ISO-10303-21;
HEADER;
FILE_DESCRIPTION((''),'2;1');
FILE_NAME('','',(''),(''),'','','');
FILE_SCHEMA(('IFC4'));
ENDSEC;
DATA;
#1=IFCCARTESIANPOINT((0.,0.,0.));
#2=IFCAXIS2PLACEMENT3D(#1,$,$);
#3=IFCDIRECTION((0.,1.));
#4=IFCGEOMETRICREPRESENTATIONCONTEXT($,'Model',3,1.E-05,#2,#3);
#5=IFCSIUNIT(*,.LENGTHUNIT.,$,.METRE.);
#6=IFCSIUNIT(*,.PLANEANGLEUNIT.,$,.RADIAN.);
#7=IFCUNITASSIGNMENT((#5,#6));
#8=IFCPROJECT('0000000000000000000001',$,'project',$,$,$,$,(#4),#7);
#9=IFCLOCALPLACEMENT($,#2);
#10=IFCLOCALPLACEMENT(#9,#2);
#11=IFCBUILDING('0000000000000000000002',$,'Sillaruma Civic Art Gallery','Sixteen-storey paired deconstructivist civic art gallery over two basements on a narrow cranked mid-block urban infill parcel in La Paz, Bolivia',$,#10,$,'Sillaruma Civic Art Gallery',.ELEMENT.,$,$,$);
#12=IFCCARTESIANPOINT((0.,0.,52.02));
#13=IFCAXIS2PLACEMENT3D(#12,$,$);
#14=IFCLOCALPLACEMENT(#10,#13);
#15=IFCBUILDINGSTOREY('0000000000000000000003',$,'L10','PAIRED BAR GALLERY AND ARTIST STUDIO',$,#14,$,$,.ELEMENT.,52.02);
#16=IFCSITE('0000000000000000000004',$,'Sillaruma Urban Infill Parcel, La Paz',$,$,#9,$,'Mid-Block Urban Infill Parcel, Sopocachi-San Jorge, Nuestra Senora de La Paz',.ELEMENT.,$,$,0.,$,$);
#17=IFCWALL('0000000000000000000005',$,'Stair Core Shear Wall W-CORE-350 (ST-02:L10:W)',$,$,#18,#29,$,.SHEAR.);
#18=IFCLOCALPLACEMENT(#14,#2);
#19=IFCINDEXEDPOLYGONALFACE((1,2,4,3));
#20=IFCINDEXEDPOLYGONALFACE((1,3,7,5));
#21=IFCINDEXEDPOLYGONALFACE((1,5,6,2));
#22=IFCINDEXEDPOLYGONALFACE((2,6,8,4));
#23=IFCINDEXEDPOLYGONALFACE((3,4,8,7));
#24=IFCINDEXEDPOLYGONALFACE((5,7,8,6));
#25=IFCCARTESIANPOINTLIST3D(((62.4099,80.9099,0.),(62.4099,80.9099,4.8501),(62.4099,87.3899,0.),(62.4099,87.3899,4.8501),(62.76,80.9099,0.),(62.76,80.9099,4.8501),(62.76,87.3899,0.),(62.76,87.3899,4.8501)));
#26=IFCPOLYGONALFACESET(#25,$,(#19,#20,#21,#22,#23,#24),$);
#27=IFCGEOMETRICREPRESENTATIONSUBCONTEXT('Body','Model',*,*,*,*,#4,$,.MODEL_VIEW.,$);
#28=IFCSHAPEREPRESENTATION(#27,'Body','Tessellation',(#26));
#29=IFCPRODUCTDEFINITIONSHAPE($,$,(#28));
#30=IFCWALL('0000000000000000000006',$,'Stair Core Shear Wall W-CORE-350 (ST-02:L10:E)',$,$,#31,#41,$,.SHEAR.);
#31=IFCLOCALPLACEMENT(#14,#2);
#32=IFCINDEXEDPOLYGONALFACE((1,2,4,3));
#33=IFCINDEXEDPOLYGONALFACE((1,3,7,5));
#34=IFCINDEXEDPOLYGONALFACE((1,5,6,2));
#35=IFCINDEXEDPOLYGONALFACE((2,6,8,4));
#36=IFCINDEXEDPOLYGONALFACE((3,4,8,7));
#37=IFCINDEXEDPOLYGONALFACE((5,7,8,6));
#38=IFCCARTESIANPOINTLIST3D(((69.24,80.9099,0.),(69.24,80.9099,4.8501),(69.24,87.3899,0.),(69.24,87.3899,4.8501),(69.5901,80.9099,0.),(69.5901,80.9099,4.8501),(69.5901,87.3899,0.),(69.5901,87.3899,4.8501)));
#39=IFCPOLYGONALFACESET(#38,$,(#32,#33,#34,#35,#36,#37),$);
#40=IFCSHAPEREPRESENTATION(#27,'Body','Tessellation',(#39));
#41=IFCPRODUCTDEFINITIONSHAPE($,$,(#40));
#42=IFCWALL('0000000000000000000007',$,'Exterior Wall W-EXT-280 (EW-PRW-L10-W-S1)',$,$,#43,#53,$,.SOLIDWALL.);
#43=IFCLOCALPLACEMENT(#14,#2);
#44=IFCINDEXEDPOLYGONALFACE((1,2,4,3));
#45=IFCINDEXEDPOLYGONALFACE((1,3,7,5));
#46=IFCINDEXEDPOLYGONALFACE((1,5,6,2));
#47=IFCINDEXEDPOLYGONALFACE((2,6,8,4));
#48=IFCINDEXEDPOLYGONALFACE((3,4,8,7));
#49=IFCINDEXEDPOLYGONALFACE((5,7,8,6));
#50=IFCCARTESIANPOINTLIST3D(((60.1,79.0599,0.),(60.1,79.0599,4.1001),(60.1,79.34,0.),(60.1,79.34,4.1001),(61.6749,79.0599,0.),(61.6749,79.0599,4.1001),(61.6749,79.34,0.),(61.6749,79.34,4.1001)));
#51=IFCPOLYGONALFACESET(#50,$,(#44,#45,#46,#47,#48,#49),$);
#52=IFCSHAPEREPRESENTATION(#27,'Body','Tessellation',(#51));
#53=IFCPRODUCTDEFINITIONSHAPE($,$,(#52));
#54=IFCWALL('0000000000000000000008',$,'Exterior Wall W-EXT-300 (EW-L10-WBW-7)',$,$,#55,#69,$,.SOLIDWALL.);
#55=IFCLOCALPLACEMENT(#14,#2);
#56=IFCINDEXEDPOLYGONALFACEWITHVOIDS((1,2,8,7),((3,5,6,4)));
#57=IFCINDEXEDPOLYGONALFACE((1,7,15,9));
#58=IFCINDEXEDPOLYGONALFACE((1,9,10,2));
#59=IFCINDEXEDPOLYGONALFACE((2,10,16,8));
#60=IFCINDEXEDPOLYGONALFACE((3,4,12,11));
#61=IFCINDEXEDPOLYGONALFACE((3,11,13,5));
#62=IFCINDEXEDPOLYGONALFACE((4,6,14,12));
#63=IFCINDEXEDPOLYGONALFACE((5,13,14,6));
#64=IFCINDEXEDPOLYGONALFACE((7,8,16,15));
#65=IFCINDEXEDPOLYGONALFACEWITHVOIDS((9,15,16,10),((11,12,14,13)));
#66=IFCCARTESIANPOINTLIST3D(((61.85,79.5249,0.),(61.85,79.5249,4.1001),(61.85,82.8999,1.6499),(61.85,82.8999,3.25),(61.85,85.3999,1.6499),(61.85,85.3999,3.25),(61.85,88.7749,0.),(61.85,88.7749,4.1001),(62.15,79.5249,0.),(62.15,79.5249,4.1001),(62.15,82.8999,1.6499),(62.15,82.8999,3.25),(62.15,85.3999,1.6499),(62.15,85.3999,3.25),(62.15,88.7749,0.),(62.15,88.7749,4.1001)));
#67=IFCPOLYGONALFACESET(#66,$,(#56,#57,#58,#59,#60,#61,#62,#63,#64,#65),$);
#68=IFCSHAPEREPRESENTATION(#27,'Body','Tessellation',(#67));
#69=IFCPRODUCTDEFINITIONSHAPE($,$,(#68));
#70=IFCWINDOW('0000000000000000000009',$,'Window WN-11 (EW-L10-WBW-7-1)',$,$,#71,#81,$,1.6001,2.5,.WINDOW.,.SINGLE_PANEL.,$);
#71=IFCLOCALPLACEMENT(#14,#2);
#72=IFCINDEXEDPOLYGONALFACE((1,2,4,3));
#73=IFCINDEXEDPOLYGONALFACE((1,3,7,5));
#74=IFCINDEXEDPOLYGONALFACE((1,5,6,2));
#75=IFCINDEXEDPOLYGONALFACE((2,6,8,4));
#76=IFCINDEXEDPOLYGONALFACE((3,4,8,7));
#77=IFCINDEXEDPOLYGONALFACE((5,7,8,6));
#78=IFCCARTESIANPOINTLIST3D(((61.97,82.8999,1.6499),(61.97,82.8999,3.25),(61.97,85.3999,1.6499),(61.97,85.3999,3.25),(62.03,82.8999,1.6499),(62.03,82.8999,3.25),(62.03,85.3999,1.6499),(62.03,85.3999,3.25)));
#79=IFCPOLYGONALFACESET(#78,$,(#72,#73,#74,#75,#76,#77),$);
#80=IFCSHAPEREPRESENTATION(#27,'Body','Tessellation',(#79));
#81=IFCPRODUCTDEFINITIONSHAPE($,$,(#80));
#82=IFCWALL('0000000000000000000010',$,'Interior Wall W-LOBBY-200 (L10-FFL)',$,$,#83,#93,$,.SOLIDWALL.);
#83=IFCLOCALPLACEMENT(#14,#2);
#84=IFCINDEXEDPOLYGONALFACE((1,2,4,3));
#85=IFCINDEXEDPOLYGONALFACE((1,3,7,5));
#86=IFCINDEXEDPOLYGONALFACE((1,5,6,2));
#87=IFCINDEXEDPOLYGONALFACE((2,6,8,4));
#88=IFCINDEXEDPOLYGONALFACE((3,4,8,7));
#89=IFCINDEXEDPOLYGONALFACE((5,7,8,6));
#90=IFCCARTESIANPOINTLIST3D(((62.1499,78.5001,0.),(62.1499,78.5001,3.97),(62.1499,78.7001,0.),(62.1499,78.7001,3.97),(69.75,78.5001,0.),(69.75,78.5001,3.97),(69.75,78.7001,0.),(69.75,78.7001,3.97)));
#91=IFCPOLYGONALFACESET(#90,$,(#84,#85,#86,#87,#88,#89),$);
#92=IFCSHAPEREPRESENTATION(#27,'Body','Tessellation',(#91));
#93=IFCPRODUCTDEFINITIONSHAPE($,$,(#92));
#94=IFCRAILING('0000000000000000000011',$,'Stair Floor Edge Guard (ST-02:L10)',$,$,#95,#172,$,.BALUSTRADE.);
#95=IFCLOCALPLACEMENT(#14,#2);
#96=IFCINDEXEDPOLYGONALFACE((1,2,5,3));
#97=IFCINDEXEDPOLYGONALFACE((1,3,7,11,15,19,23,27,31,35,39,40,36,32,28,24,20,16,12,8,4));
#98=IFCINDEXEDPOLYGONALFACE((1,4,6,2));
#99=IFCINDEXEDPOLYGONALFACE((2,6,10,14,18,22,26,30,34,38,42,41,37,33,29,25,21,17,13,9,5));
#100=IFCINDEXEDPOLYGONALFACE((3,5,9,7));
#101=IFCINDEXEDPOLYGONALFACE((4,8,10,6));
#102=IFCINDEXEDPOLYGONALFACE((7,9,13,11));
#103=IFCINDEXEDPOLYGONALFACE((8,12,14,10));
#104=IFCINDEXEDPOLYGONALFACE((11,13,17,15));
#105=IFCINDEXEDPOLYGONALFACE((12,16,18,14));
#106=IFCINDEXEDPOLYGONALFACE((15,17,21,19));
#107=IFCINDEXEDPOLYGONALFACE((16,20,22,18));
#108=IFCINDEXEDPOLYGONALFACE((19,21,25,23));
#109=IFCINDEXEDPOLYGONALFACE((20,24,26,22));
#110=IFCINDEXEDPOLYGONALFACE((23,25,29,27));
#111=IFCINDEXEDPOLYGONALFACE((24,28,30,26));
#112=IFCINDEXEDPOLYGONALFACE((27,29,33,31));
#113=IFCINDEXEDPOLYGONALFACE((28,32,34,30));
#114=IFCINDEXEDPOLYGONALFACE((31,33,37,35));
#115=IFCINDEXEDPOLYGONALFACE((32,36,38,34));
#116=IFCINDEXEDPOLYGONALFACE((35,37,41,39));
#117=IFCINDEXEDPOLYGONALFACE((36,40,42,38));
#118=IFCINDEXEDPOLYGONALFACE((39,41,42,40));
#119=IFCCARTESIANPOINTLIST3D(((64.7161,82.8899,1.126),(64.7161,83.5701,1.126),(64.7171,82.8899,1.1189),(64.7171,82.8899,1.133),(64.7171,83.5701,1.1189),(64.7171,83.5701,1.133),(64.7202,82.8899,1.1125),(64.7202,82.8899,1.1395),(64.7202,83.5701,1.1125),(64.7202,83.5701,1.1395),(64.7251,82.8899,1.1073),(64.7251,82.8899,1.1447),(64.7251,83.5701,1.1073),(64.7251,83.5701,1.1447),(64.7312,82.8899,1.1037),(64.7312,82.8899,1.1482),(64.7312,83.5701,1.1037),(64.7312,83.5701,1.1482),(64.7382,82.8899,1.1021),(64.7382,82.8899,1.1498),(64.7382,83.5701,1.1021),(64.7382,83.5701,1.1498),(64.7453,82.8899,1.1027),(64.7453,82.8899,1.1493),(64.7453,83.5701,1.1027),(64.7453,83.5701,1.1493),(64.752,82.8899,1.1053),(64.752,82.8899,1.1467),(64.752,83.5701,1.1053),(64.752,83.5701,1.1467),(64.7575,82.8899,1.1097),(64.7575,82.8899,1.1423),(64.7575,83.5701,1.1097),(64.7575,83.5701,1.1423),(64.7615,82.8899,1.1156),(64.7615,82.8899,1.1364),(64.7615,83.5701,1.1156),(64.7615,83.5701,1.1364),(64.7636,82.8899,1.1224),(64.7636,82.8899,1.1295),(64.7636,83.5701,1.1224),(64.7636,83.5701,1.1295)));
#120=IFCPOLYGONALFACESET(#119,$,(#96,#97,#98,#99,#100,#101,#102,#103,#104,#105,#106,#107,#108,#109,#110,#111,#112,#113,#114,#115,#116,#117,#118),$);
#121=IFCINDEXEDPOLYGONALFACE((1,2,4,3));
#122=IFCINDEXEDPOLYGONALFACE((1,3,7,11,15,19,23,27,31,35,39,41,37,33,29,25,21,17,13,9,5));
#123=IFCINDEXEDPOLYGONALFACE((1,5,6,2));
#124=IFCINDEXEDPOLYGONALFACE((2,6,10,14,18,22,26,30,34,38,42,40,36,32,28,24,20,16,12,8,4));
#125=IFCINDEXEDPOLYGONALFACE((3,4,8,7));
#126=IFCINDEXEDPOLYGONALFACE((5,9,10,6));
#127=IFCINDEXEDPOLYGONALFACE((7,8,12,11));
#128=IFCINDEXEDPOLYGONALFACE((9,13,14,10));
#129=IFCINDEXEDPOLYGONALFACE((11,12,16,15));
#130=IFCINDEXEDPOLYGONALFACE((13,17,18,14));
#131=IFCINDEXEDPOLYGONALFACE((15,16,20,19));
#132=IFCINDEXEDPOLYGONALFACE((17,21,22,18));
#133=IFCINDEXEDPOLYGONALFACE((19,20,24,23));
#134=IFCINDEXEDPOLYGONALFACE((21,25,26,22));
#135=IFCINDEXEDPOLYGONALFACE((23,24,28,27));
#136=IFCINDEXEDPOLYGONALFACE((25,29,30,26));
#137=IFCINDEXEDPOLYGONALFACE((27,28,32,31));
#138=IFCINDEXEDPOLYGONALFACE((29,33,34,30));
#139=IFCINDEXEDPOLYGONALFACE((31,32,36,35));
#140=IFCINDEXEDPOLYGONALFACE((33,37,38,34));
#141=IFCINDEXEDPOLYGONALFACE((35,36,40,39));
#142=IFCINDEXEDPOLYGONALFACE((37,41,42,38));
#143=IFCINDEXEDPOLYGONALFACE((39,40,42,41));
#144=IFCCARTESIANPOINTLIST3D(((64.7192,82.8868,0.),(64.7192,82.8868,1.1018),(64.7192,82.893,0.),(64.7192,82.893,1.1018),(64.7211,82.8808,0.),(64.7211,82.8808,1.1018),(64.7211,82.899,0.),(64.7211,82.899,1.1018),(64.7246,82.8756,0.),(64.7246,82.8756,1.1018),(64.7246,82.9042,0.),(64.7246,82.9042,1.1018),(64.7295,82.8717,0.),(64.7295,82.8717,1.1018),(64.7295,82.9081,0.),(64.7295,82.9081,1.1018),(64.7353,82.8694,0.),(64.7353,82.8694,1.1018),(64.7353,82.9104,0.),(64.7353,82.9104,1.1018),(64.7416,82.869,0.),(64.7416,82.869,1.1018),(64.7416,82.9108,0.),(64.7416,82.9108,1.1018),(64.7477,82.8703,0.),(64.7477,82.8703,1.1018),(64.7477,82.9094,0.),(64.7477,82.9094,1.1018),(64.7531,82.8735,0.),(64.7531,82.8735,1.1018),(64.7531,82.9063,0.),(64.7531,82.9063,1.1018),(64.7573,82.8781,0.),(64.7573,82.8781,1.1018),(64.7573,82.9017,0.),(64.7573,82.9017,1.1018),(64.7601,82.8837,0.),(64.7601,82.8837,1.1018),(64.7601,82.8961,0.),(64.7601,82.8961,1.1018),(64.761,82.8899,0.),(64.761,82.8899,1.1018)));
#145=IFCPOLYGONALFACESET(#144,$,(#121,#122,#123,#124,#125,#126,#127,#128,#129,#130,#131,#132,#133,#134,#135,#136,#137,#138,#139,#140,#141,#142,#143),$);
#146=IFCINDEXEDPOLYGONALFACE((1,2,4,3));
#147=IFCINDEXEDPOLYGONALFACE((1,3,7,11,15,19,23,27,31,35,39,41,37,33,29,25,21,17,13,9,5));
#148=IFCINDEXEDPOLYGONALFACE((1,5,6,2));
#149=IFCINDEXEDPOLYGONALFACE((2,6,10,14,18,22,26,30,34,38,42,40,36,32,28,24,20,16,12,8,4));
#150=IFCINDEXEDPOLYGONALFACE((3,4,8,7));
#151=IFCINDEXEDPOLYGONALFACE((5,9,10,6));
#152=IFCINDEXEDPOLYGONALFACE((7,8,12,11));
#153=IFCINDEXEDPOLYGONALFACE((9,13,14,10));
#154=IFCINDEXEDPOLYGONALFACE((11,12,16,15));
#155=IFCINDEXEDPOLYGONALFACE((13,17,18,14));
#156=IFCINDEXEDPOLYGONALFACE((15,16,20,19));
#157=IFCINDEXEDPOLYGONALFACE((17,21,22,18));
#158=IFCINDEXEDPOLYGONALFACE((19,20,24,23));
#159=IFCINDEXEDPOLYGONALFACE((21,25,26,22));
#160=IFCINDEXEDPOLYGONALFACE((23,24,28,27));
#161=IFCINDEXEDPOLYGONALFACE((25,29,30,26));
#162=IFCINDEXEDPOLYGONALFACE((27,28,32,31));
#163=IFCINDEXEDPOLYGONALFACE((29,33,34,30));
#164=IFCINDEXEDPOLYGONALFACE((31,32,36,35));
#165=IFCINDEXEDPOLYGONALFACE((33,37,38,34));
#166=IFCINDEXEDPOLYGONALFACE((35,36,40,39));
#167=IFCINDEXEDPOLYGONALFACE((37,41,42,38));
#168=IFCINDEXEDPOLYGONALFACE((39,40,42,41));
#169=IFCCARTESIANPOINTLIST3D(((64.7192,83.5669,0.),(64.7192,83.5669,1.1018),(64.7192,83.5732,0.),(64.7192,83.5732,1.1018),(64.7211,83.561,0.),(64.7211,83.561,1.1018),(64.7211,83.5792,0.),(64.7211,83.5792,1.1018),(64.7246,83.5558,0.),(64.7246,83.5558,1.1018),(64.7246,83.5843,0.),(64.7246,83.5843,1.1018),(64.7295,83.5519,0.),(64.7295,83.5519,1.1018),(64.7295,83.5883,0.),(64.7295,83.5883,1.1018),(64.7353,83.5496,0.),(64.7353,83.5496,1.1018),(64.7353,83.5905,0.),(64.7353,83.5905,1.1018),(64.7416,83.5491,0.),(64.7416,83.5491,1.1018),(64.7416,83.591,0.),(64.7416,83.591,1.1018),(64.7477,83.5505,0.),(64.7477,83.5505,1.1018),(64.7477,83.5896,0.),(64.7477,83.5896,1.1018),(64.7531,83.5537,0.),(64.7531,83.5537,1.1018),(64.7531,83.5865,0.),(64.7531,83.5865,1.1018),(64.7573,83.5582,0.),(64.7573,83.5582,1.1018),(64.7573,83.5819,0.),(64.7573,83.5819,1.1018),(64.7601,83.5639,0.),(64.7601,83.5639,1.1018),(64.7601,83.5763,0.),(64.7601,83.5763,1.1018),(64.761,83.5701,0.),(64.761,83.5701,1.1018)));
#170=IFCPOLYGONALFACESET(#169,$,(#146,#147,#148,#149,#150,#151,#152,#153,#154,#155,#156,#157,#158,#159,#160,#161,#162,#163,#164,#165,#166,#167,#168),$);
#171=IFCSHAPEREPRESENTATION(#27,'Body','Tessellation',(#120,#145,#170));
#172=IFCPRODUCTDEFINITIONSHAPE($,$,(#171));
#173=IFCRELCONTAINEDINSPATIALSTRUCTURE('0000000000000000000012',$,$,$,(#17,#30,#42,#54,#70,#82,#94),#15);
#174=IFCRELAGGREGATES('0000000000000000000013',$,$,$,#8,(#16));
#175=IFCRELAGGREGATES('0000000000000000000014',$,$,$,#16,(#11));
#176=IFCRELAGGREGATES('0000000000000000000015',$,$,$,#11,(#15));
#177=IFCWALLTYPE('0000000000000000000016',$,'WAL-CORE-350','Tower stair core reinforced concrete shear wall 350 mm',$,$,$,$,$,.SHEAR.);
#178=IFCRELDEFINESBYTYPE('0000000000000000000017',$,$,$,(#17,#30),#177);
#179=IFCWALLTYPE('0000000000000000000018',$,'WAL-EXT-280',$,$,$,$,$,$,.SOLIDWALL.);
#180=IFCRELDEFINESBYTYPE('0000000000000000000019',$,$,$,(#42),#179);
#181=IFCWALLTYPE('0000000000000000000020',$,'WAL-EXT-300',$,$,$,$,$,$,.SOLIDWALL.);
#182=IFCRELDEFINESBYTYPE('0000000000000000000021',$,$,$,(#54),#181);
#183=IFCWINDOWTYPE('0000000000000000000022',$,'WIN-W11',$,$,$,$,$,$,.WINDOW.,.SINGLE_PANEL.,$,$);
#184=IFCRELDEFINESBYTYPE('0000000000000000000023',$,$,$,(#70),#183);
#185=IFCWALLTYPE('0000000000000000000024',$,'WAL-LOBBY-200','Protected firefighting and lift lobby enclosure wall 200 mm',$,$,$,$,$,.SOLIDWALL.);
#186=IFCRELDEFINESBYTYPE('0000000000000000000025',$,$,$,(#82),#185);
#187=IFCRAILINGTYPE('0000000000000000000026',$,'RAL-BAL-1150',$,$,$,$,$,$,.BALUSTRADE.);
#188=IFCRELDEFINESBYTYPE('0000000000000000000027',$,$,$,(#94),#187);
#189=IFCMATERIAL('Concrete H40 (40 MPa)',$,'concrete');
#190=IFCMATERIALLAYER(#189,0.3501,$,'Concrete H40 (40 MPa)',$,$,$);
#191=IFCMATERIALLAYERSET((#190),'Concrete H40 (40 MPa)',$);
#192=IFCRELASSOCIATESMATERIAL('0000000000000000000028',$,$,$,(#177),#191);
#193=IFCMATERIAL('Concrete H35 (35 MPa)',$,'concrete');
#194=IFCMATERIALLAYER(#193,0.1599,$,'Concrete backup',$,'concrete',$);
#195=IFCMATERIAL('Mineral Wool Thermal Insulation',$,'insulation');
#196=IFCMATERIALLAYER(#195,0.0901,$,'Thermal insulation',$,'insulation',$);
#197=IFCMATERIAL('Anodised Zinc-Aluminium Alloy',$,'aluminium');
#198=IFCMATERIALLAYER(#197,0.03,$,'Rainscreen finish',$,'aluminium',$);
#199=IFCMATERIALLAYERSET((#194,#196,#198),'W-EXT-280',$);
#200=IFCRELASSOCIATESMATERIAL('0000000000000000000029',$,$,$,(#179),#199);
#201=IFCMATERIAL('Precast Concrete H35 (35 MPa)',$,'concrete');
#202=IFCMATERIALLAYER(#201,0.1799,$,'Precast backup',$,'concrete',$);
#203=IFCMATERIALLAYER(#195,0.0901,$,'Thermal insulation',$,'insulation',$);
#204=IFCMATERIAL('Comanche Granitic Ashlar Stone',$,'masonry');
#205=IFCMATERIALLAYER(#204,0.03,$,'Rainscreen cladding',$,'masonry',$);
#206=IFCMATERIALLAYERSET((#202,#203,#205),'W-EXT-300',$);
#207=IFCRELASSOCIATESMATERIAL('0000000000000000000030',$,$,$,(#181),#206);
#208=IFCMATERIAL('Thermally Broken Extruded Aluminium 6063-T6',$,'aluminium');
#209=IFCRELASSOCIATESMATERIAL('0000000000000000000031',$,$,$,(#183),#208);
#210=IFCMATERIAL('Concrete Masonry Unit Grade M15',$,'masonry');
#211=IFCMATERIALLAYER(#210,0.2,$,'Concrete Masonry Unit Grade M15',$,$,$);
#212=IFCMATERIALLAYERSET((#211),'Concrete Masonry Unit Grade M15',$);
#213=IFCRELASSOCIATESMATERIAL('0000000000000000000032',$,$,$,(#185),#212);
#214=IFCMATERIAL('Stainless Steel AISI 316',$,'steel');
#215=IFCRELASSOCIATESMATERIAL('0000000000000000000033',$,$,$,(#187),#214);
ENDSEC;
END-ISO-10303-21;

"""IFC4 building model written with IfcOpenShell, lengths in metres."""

from ifc_helpers import new_model, si_unit, direction, frame, frame_2d, origin, origin_2d, place, context, subcontext, project, spatial, rectangle, circle, extrude, material, layer, layer_set, type_object, element, fill, save


model = new_model("IFC4")

# Units and contexts
model_context = context("Model", 3, precision=1e-05, world=origin(), true_north=direction((0.0, 1.0)))
body_context = subcontext(model_context, "Body", "Model", "MODEL_VIEW")
ifc_project = project(units=[si_unit("LENGTHUNIT", "METRE"), si_unit("PLANEANGLEUNIT", "RADIAN")], contexts=[model_context])

# Site, building, storey
site_placement = place(None, origin())
site = spatial("IfcSite", under=ifc_project, at=site_placement, Name="Sillaruma Urban Infill Parcel, La Paz", LongName="Mid-Block Urban Infill Parcel, Sopocachi-San Jorge, Nuestra Senora de La Paz", CompositionType="ELEMENT", RefElevation=0.0)
building_placement = place(site_placement, origin())
building = spatial("IfcBuilding", under=site, at=building_placement, Name="Sillaruma Civic Art Gallery", Description="Sixteen-storey paired deconstructivist civic art gallery over two basements on a narrow cranked mid-block urban infill parcel in La Paz, Bolivia", LongName="Sillaruma Civic Art Gallery", CompositionType="ELEMENT")
storey_placement = place(building_placement, frame((0.0, 0.0, 52.02)))
storey = spatial("IfcBuildingStorey", under=building, at=storey_placement, Name="L10", Description="PAIRED BAR GALLERY AND ARTIST STUDIO", CompositionType="ELEMENT", Elevation=52.02)

# Shared definitions
ifc_material_1 = material(Name="Concrete H40 (40 MPa)", Category="concrete")

# Shared definitions
ifc_material_2 = material(Name="Concrete H35 (35 MPa)", Category="concrete")

# Shared definitions
ifc_material_3 = material(Name="Thermally Broken Extruded Aluminium 6063-T6", Category="aluminium")

# Shared definitions
ifc_layer_1 = layer(ifc_material_1, 0.3501, Name="Concrete H40 (40 MPa)")
ifc_layer_set_1 = layer_set([ifc_layer_1], Name="Concrete H40 (40 MPa)")
wall_type_1 = type_object("IfcWallType", Name="WAL-CORE-350", Description="Tower stair core reinforced concrete shear wall 350 mm", PredefinedType="SHEAR", material=ifc_layer_set_1)

# Walls
for number, where, z_axis, x_axis, name in (
    (1, (62.585, 80.9099, 0.0), (0.0, 0.0, 1.0), (0.0, 1.0, 0.0), "Stair Core Shear Wall W-CORE-350 (ST-02:L10:W)"),
    (2, (69.415, 80.9099, 0.0), (0.0, 0.0, 1.0), (0.0, 1.0, 0.0), "Stair Core Shear Wall W-CORE-350 (ST-02:L10:E)"),
):
    element("IfcWall", number, at=place(storey_placement, frame(where, z_axis=z_axis, x_axis=x_axis)), inside=storey, type_object=wall_type_1, Name=name, PredefinedType="SHEAR", context=body_context, shape_type="SweptSolid", body=[
        extrude(rectangle(XDim=6.48, YDim=0.3501, at=frame_2d((3.24, 0.0))), origin(), (0.0, 0.0, 1.0), 4.8501),
    ])
ifc_layer_2 = layer(ifc_material_2, 0.1599, Name="Concrete backup", Category="concrete")
ifc_material_4 = material(Name="Mineral Wool Thermal Insulation", Category="insulation")
ifc_layer_3 = layer(ifc_material_4, 0.0901, Name="Thermal insulation", Category="insulation")
ifc_material_5 = material(Name="Anodised Zinc-Aluminium Alloy", Category="aluminium")
ifc_layer_4 = layer(ifc_material_5, 0.03, Name="Rainscreen finish", Category="aluminium")
ifc_layer_set_2 = layer_set([ifc_layer_2, ifc_layer_3, ifc_layer_4], Name="W-EXT-280")
wall_type_2 = type_object("IfcWallType", Name="WAL-EXT-280", PredefinedType="SOLIDWALL", material=ifc_layer_set_2)
wall_1_placement = place(storey_placement, frame((61.675, 79.2, 0.0), z_axis=(0.0, 0.0, 1.0), x_axis=(-1.0, 0.0, 0.0)))
element("IfcWall", 3, at=wall_1_placement, inside=storey, type_object=wall_type_2, Name="Exterior Wall W-EXT-280 (EW-PRW-L10-W-S1)", PredefinedType="SOLIDWALL", context=body_context, shape_type="SweptSolid", body=[
    extrude(rectangle(XDim=1.575, YDim=0.28, at=frame_2d((0.7876, 0.0))), origin(), (0.0, 0.0, 1.0), 4.1001),
])

# Wall, opening, window
ifc_material_6 = material(Name="Precast Concrete H35 (35 MPa)", Category="concrete")
ifc_layer_5 = layer(ifc_material_6, 0.1799, Name="Precast backup", Category="concrete")
ifc_layer_6 = layer(ifc_material_4, 0.0901, Name="Thermal insulation", Category="insulation")
ifc_material_7 = material(Name="Comanche Granitic Ashlar Stone", Category="masonry")
ifc_layer_7 = layer(ifc_material_7, 0.03, Name="Rainscreen cladding", Category="masonry")
ifc_layer_set_3 = layer_set([ifc_layer_5, ifc_layer_6, ifc_layer_7], Name="W-EXT-300")
wall_type_3 = type_object("IfcWallType", Name="WAL-EXT-300", PredefinedType="SOLIDWALL", material=ifc_layer_set_3)
wall_2_placement = place(storey_placement, frame((62.0, 79.5249, 0.0), z_axis=(0.0, 0.0, 1.0), x_axis=(0.0, 1.0, 0.0)))
wall_2 = element("IfcWall", 4, at=wall_2_placement, inside=storey, type_object=wall_type_3, Name="Exterior Wall W-EXT-300 (EW-L10-WBW-7)", PredefinedType="SOLIDWALL", context=body_context, shape_type="SweptSolid", body=[
    extrude(rectangle(XDim=9.25, YDim=0.3, at=frame_2d((4.625, 0.0))), origin(), (0.0, 0.0, 1.0), 4.1001),
])
opening_1_placement = place(wall_2_placement, frame((3.375, 0.0, 1.6499)))
opening_1 = element("IfcOpeningElement", 5, at=opening_1_placement, cuts=wall_2, PredefinedType="OPENING", context=body_context, shape_type="SweptSolid", body=[
    extrude(rectangle(XDim=2.5, YDim=1.6001, at=frame_2d((1.25, 0.8))), frame((0.0, 0.1599, 0.0), z_axis=(0.0, -1.0, 0.0), x_axis=(1.0, 0.0, 0.0)), (0.0, 0.0, 1.0), 0.3201),
])
window_type = type_object("IfcWindowType", Name="WIN-W11", PartitioningType="SINGLE_PANEL", PredefinedType="WINDOW", material=ifc_material_3)
window_placement = place(opening_1_placement, origin())
window = element("IfcWindow", 6, at=window_placement, inside=storey, type_object=window_type, Name="Window WN-11 (EW-L10-WBW-7-1)", OverallHeight=1.6001, OverallWidth=2.5, PartitioningType="SINGLE_PANEL", PredefinedType="WINDOW", context=body_context, shape_type="SweptSolid", body=[
    extrude(rectangle(XDim=2.5, YDim=1.6001, at=frame_2d((1.25, 0.8))), frame((0.0, 0.03, 0.0), z_axis=(0.0, -1.0, 0.0), x_axis=(1.0, 0.0, 0.0)), (0.0, 0.0, 1.0), 0.0601),
])
fill(opening_1, window)

# Wall
ifc_material_8 = material(Name="Concrete Masonry Unit Grade M15", Category="masonry")
ifc_layer_8 = layer(ifc_material_8, 0.2, Name="Concrete Masonry Unit Grade M15")
ifc_layer_set_4 = layer_set([ifc_layer_8], Name="Concrete Masonry Unit Grade M15")
wall_type_4 = type_object("IfcWallType", Name="WAL-LOBBY-200", Description="Protected firefighting and lift lobby enclosure wall 200 mm", PredefinedType="SOLIDWALL", material=ifc_layer_set_4)
wall_3_placement = place(storey_placement, frame((62.1499, 78.6001, 0.0), z_axis=(0.0, 0.0, 1.0), x_axis=(1.0, 0.0, 0.0)))
element("IfcWall", 7, at=wall_3_placement, inside=storey, type_object=wall_type_4, Name="Interior Wall W-LOBBY-200 (L10-FFL)", PredefinedType="SOLIDWALL", context=body_context, shape_type="SweptSolid", body=[
    extrude(rectangle(XDim=7.6001, YDim=0.2, at=frame_2d((3.8, 0.0))), origin(), (0.0, 0.0, 1.0), 3.97),
])

# Railing
ifc_material_9 = material(Name="Stainless Steel AISI 316", Category="steel")
railing_type = type_object("IfcRailingType", Name="RAL-BAL-1150", PredefinedType="BALUSTRADE", material=ifc_material_9)
railing_1_placement = place(storey_placement, frame((64.74, 82.8899, 0.0)))
element("IfcRailing", 8, at=railing_1_placement, inside=storey, type_object=railing_type, Name="Stair Floor Edge Guard (ST-02:L10)", PredefinedType="BALUSTRADE", context=body_context, shape_type="SweptSolid", body=[
    extrude(circle(Radius=0.0239, at=origin_2d()), frame((0.0, 0.0, 1.126), z_axis=(0.0, 1.0, 0.0), x_axis=(-1.0, 0.0, 0.0)), (0.0, 0.0, 1.0), 0.6802),
    extrude(circle(Radius=0.021, at=origin_2d()), origin(), (0.0, 0.0, 1.0), 1.1018),
    extrude(circle(Radius=0.021, at=origin_2d()), frame((0.0, 0.6802, 0.0)), (0.0, 0.0, 1.0), 1.1018),
])

save(model, "model.ifc")
